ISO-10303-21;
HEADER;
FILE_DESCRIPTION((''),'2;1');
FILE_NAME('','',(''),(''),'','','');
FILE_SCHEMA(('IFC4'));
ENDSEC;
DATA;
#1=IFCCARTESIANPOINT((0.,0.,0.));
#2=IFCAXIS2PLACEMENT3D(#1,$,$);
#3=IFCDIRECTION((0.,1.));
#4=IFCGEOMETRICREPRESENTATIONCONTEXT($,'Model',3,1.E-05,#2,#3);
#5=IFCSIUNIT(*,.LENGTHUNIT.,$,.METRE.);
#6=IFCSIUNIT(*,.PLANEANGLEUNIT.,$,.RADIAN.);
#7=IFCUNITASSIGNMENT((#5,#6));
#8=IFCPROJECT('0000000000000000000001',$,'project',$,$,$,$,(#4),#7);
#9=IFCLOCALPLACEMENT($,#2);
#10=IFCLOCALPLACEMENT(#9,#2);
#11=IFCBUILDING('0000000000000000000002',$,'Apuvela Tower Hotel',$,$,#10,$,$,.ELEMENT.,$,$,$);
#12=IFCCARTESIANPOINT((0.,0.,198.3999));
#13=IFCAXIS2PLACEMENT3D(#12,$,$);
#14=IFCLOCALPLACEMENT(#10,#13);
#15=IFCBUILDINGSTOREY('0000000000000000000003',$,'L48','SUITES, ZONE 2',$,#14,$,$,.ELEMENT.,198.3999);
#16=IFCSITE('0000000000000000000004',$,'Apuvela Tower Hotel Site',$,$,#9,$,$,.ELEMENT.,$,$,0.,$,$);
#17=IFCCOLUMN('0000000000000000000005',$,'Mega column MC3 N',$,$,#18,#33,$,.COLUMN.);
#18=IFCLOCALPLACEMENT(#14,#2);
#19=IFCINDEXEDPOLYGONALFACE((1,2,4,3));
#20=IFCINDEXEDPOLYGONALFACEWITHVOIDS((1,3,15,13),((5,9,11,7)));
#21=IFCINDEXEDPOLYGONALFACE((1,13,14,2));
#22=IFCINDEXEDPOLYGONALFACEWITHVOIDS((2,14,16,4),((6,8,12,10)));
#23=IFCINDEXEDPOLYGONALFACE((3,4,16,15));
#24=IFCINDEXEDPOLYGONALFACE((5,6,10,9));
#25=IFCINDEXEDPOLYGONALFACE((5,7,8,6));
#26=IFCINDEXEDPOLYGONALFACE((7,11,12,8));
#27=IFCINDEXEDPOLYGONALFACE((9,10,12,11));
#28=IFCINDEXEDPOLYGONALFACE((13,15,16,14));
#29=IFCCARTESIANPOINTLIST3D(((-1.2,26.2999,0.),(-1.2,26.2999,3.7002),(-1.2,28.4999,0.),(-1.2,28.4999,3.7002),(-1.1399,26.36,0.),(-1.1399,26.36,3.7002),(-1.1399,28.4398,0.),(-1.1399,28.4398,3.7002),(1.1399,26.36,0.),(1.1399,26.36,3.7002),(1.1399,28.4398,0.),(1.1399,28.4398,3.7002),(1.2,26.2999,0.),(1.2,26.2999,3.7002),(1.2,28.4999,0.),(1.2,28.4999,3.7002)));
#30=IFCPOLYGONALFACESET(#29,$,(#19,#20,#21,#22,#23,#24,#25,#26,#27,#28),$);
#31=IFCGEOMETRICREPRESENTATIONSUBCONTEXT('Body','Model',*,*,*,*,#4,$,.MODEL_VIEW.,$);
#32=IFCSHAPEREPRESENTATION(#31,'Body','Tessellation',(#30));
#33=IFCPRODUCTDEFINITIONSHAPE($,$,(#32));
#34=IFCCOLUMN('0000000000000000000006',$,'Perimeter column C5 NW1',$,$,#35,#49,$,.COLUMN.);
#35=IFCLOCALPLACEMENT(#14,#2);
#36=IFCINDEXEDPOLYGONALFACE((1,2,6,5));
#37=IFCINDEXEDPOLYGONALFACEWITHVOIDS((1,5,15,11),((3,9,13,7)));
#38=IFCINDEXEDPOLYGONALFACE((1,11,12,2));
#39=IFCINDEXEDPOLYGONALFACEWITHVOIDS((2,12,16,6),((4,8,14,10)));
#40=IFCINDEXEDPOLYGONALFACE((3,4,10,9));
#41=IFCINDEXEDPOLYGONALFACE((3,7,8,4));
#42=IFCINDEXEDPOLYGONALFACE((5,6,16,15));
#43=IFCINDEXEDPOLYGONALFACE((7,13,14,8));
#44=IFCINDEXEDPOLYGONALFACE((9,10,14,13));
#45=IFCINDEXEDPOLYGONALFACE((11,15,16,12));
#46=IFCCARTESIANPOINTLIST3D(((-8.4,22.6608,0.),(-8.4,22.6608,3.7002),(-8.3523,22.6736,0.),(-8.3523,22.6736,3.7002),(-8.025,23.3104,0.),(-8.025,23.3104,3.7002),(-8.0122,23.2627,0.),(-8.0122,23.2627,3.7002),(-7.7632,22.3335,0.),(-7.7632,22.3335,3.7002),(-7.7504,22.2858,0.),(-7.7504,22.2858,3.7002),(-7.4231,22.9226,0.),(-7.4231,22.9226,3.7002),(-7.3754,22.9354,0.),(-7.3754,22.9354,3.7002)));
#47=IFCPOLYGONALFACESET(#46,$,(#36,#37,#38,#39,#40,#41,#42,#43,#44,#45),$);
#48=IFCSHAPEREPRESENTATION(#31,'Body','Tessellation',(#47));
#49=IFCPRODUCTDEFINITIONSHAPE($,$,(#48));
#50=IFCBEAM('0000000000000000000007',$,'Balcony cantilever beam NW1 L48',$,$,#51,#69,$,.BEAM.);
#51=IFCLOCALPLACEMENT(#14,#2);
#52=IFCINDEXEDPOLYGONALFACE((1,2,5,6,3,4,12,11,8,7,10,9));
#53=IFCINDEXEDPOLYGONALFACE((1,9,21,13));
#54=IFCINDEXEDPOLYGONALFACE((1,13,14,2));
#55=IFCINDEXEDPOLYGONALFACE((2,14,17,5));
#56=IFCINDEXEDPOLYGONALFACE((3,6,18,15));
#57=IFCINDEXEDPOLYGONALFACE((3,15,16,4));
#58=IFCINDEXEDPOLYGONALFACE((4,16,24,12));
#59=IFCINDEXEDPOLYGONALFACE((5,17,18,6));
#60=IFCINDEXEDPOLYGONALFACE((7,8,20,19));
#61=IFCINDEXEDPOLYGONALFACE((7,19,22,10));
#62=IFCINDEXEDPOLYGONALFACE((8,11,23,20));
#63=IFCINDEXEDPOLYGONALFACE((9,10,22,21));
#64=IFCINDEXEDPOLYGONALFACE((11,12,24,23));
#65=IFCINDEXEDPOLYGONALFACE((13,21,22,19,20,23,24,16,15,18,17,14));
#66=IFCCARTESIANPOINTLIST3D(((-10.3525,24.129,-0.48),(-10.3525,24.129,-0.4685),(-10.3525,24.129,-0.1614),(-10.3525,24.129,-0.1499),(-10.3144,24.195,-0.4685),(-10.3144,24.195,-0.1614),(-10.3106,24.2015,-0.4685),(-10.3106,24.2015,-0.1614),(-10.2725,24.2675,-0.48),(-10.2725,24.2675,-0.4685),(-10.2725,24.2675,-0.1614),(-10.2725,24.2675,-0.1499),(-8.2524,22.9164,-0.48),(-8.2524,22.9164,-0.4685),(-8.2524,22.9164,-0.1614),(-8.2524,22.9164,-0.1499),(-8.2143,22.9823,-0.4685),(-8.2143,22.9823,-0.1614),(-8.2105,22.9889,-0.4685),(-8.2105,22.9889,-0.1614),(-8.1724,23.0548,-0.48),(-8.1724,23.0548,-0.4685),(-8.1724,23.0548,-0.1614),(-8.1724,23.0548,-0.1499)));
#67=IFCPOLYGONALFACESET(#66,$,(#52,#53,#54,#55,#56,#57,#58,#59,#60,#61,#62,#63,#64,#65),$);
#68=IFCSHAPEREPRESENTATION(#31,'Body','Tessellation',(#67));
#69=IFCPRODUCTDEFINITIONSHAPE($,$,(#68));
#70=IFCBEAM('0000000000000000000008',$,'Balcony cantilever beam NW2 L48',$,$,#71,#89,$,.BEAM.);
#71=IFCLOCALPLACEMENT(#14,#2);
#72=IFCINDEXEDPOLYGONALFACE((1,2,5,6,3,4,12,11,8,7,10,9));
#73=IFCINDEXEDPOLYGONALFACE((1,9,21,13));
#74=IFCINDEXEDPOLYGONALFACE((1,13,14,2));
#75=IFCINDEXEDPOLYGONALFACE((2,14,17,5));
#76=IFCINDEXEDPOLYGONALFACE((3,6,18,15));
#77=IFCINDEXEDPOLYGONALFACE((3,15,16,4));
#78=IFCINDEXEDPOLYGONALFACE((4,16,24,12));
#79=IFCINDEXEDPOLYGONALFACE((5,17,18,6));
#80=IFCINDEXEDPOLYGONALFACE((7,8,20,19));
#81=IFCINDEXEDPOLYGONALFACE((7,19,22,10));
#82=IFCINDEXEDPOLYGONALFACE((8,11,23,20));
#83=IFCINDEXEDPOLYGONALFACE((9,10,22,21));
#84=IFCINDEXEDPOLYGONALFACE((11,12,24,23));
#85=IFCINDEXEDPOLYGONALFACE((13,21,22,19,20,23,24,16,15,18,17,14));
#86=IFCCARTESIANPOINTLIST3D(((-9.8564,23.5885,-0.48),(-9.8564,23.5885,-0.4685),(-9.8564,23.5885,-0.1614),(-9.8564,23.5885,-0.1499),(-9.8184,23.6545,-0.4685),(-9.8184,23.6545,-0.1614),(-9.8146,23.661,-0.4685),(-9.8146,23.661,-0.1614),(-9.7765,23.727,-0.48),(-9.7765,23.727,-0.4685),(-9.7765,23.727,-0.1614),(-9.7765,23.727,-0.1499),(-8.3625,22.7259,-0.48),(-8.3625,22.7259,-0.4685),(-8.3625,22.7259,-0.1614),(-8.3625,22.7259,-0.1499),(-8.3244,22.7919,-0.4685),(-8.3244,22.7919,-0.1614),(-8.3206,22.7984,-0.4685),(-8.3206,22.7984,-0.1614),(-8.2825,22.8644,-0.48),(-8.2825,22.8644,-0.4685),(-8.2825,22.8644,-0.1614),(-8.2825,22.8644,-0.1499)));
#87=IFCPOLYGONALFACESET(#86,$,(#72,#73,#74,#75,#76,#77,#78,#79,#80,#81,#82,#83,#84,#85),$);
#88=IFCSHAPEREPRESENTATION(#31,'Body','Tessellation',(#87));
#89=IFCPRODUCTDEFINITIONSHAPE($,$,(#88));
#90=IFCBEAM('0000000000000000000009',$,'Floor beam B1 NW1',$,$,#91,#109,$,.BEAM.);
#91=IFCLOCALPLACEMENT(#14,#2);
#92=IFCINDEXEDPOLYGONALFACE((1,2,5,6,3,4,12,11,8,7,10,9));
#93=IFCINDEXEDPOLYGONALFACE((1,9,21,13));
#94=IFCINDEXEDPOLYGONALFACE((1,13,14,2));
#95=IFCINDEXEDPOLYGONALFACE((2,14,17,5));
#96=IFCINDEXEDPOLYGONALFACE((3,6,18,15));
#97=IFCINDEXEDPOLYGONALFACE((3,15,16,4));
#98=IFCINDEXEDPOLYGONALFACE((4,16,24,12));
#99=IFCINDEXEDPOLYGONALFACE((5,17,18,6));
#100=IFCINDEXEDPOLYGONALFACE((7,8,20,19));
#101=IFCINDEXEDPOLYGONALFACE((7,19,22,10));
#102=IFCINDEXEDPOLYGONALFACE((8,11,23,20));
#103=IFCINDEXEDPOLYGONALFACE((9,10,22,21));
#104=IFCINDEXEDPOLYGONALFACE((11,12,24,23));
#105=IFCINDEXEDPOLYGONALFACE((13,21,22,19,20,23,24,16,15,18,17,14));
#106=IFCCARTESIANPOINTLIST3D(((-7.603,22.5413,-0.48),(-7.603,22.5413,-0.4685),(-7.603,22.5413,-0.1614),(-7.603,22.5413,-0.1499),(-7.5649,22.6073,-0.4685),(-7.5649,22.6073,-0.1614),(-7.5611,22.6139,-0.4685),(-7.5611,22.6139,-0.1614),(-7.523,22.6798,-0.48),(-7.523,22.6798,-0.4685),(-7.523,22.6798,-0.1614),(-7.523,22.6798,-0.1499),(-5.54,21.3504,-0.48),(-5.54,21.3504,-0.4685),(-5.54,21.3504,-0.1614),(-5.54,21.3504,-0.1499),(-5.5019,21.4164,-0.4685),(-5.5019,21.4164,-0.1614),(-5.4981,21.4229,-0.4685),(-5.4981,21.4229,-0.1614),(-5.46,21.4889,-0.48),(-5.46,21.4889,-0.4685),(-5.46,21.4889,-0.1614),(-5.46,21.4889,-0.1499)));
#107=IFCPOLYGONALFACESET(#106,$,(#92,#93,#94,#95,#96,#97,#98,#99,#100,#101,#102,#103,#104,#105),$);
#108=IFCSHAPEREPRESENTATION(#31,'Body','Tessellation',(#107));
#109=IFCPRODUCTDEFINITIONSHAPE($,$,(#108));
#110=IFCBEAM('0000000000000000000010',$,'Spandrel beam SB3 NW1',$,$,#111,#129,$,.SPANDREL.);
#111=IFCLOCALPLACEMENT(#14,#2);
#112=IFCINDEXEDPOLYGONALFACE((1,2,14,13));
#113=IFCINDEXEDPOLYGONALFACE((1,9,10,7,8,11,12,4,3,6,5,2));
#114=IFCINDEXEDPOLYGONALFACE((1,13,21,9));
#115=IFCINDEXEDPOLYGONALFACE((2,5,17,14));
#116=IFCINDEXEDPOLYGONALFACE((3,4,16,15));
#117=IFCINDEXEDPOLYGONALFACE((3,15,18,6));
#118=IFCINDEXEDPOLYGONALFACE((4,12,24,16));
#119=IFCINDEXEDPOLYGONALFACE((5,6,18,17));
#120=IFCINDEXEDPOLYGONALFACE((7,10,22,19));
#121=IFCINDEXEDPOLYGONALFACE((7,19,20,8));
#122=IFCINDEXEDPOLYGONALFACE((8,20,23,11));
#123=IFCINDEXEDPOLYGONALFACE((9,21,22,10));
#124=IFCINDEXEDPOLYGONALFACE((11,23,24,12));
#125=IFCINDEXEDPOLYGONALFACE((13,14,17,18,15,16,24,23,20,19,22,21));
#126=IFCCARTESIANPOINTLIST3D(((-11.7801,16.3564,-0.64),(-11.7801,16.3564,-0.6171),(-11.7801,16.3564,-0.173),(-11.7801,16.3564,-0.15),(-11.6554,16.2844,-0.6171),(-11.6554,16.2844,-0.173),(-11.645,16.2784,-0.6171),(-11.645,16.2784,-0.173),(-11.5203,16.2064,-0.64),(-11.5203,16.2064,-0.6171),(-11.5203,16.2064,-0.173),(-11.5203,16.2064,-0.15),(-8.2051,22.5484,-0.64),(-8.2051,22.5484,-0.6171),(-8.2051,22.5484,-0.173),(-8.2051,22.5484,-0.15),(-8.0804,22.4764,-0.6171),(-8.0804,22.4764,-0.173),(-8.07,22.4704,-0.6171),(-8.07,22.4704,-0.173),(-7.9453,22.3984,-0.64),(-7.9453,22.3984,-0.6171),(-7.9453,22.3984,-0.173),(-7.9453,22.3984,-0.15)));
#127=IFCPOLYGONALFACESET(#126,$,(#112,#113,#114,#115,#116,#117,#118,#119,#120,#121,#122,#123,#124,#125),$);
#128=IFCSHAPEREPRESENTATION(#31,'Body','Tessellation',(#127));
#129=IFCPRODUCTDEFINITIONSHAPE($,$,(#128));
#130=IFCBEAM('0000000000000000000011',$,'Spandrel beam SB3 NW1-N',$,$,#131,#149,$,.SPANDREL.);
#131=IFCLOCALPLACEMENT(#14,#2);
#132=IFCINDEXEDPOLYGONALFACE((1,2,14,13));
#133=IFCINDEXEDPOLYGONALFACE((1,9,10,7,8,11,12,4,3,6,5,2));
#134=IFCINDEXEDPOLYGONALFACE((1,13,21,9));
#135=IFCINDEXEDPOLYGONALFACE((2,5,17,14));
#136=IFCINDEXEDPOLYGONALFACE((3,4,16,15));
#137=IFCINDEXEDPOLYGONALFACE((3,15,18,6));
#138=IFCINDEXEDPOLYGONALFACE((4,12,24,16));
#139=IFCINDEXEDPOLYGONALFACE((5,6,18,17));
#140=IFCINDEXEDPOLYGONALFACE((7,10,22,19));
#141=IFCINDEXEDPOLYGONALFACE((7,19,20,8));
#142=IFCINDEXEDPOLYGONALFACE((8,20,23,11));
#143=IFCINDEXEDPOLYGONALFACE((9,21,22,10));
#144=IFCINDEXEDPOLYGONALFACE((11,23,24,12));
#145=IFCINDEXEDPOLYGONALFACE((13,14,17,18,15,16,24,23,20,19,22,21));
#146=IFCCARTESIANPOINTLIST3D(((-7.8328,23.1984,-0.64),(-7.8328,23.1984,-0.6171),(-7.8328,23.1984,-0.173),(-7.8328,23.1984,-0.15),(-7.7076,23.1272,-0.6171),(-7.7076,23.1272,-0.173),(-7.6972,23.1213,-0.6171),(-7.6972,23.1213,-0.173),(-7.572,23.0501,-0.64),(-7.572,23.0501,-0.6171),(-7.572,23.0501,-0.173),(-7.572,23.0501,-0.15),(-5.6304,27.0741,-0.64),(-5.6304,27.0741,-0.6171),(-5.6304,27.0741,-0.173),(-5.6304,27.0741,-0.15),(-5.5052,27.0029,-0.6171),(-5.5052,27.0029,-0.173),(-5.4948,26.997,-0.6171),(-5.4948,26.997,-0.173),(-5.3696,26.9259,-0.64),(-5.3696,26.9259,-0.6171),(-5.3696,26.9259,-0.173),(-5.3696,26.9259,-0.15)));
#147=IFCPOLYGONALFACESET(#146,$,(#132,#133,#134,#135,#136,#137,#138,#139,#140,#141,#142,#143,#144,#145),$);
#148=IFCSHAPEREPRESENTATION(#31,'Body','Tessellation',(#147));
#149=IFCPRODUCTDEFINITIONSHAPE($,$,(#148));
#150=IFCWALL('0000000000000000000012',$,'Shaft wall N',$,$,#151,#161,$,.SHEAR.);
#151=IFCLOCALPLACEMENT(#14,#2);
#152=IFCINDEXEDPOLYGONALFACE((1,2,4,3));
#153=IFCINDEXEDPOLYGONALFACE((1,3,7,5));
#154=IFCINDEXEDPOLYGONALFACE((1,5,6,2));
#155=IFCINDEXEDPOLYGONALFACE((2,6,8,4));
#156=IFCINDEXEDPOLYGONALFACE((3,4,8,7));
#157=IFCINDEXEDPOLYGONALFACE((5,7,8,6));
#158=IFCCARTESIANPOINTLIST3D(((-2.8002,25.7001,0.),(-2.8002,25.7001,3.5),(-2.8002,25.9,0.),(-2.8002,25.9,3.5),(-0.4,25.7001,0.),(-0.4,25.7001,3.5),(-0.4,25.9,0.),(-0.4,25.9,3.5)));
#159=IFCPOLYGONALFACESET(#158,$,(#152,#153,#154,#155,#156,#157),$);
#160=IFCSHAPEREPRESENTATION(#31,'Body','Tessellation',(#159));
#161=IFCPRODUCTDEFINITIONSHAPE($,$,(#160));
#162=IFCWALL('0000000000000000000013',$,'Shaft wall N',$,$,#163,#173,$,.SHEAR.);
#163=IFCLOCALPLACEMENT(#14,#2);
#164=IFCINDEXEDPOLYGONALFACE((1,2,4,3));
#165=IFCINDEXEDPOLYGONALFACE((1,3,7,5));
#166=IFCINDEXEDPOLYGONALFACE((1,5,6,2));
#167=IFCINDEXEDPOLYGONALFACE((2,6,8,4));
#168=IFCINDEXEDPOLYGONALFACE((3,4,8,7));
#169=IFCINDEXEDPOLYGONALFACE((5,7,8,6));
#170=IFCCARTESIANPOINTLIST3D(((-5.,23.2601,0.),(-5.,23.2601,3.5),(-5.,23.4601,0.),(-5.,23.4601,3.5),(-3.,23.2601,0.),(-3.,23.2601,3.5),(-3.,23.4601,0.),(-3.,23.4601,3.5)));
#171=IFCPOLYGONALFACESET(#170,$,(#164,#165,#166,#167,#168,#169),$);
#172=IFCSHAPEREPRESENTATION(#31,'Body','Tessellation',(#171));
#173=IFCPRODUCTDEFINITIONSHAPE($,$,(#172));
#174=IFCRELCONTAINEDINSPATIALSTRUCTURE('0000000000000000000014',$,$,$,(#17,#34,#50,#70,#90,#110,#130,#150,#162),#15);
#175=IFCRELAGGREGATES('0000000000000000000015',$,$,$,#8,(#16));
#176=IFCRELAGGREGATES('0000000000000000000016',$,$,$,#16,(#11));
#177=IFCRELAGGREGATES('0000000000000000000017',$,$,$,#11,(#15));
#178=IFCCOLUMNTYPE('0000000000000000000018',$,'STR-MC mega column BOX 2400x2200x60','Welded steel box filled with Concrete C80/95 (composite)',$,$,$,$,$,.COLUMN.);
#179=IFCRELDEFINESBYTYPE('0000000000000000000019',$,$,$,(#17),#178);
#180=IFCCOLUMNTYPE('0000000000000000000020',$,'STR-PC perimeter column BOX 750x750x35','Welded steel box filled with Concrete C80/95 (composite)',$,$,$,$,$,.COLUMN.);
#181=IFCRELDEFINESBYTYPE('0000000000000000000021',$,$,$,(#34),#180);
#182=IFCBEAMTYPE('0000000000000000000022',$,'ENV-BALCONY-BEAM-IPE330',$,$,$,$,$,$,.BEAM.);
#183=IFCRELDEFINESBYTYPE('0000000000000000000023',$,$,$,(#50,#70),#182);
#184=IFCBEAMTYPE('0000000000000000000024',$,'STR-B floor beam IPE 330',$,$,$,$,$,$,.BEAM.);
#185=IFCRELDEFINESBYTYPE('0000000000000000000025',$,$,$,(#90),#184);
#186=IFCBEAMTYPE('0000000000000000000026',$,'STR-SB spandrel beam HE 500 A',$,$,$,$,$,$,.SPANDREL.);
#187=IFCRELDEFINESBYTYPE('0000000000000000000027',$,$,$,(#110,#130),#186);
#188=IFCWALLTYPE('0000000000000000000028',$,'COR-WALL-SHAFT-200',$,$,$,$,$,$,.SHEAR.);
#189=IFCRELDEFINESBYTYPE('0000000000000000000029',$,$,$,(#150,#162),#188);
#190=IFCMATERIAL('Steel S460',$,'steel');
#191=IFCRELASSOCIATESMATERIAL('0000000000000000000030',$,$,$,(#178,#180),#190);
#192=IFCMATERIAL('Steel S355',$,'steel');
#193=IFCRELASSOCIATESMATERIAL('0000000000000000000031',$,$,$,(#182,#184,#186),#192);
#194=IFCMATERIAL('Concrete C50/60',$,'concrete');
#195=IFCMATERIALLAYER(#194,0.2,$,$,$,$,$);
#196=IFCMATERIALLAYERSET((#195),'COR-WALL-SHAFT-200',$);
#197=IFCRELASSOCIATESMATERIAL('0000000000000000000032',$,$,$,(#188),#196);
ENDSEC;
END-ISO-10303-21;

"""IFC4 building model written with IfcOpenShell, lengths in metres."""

from ifc_helpers import new_model, si_unit, direction, frame, frame_2d, origin, origin_2d, place, context, subcontext, project, spatial, rectangle, hollow_rectangle, i_section, extrude, material, layer, layer_set, material_profile, profile_set, type_object, element, save


model = new_model("IFC4")

# Units and contexts
model_context = context("Model", 3, precision=1e-05, world=origin(), true_north=direction((0.0, 1.0)))
body_context = subcontext(model_context, "Body", "Model", "MODEL_VIEW")
ifc_project = project(units=[si_unit("LENGTHUNIT", "METRE"), si_unit("PLANEANGLEUNIT", "RADIAN")], contexts=[model_context])

# Site, building, storey
site_placement = place(None, origin())
site = spatial("IfcSite", under=ifc_project, at=site_placement, Name="Apuvela Tower Hotel Site", CompositionType="ELEMENT", RefElevation=0.0)
building_placement = place(site_placement, origin())
building = spatial("IfcBuilding", under=site, at=building_placement, Name="Apuvela Tower Hotel", CompositionType="ELEMENT")
storey_placement = place(building_placement, frame((0.0, 0.0, 198.3999)))
storey = spatial("IfcBuildingStorey", under=building, at=storey_placement, Name="L48", Description="SUITES, ZONE 2", CompositionType="ELEMENT", Elevation=198.3999)

# Columns
ifc_material_1 = material(Name="Steel S460", Category="steel")
ifc_material_profile_1 = material_profile(ifc_material_1, hollow_rectangle(XDim=2.3999, YDim=2.2, WallThickness=0.0601, at=origin_2d()), Name="BOX 2400x2200x60")
ifc_material_2 = material(Name="Concrete C80/95", Category="concrete")
ifc_material_profile_2 = material_profile(ifc_material_2, rectangle(XDim=2.28, YDim=2.0801, at=origin_2d()), Name="Concrete C80/95 infill")
ifc_profile_set_1 = profile_set([ifc_material_profile_1, ifc_material_profile_2], Name="Steel S460")
column_type_1 = type_object("IfcColumnType", Name="STR-MC mega column BOX 2400x2200x60", Description="Welded steel box filled with Concrete C80/95 (composite)", PredefinedType="COLUMN", material=ifc_profile_set_1)
column_1_placement = place(storey_placement, frame((0.0, 27.3999, 0.0), z_axis=(0.0, 0.0, 1.0), x_axis=(1.0, 0.0, 0.0)))
element("IfcColumn", 1, at=column_1_placement, inside=storey, type_object=column_type_1, Name="Mega column MC3 N", PredefinedType="COLUMN", context=body_context, shape_type="SweptSolid", body=[
    extrude(hollow_rectangle(XDim=2.3999, YDim=2.2, WallThickness=0.0601, at=origin_2d()), origin(), (0.0, 0.0, 1.0), 3.7002),
])
ifc_material_profile_3 = material_profile(ifc_material_1, hollow_rectangle(XDim=0.75, YDim=0.75, WallThickness=0.0349, at=origin_2d()), Name="BOX 750x750x35")
ifc_material_profile_4 = material_profile(ifc_material_2, rectangle(XDim=0.6799, YDim=0.6799, at=origin_2d()), Name="Concrete C80/95 infill")
ifc_profile_set_2 = profile_set([ifc_material_profile_3, ifc_material_profile_4], Name="Steel S460")
column_type_2 = type_object("IfcColumnType", Name="STR-PC perimeter column BOX 750x750x35", Description="Welded steel box filled with Concrete C80/95 (composite)", PredefinedType="COLUMN", material=ifc_profile_set_2)
column_2_placement = place(storey_placement, frame((-7.8877, 22.7981, 0.0), z_axis=(0.0, 0.0, 1.0), x_axis=(0.5, 0.866025, 0.0)))
element("IfcColumn", 2, at=column_2_placement, inside=storey, type_object=column_type_2, Name="Perimeter column C5 NW1", PredefinedType="COLUMN", context=body_context, shape_type="SweptSolid", body=[
    extrude(hollow_rectangle(XDim=0.75, YDim=0.75, WallThickness=0.0349, at=origin_2d()), origin(), (0.0, 0.0, 1.0), 3.7002),
])

# Beams
ifc_material_3 = material(Name="Steel S355", Category="steel")
ifc_material_profile_5 = material_profile(ifc_material_3, i_section(OverallWidth=0.1599, OverallDepth=0.3301, WebThickness=0.0076, FlangeThickness=0.0115, at=origin_2d()), Name="IPE 330")
ifc_profile_set_3 = profile_set([ifc_material_profile_5], Name="Steel S355")
beam_type_1 = type_object("IfcBeamType", Name="ENV-BALCONY-BEAM-IPE330", PredefinedType="BEAM", material=ifc_profile_set_3)
beam_1_placement = place(storey_placement, frame((-8.2124, 22.9856, -0.3149), z_axis=(-0.865998, 0.500048, 0.0), x_axis=(-0.500048, -0.865998, 0.0)))
element("IfcBeam", 3, at=beam_1_placement, inside=storey, type_object=beam_type_1, Name="Balcony cantilever beam NW1 L48", PredefinedType="BEAM", context=body_context, shape_type="SweptSolid", body=[
    extrude(i_section(OverallWidth=0.1599, OverallDepth=0.3301, WebThickness=0.0076, FlangeThickness=0.0115, at=origin_2d()), origin(), (0.0, 0.0, 1.0), 2.425),
])
beam_2_placement = place(storey_placement, frame((-8.3225, 22.7952, -0.3149), z_axis=(-0.866014, 0.500021, 0.0), x_axis=(-0.500021, -0.866014, 0.0)))
element("IfcBeam", 4, at=beam_2_placement, inside=storey, type_object=beam_type_1, Name="Balcony cantilever beam NW2 L48", PredefinedType="BEAM", context=body_context, shape_type="SweptSolid", body=[
    extrude(i_section(OverallWidth=0.1599, OverallDepth=0.3301, WebThickness=0.0076, FlangeThickness=0.0115, at=origin_2d()), origin(), (0.0, 0.0, 1.0), 1.7251),
])
ifc_material_profile_6 = material_profile(ifc_material_3, i_section(OverallWidth=0.1599, OverallDepth=0.3301, WebThickness=0.0076, FlangeThickness=0.0115, at=origin_2d()), Name="IPE 330")
ifc_profile_set_4 = profile_set([ifc_material_profile_6], Name="Steel S355")
beam_type_2 = type_object("IfcBeamType", Name="STR-B floor beam IPE 330", PredefinedType="BEAM", material=ifc_profile_set_4)
beam_3_placement = place(storey_placement, frame((-7.563, 22.6106, -0.3149), z_axis=(0.866052, -0.499953, 0.0), x_axis=(0.499953, 0.866052, 0.0)))
element("IfcBeam", 5, at=beam_3_placement, inside=storey, type_object=beam_type_2, Name="Floor beam B1 NW1", PredefinedType="BEAM", context=body_context, shape_type="SweptSolid", body=[
    extrude(i_section(OverallWidth=0.1599, OverallDepth=0.3301, WebThickness=0.0076, FlangeThickness=0.0115, at=origin_2d()), origin(), (0.0, 0.0, 1.0), 2.3821),
])
ifc_material_profile_7 = material_profile(ifc_material_3, i_section(OverallWidth=0.3, OverallDepth=0.49, WebThickness=0.012, FlangeThickness=0.0229, at=origin_2d()), Name="HE 500 A")
ifc_profile_set_5 = profile_set([ifc_material_profile_7], Name="Steel S355")
beam_type_3 = type_object("IfcBeamType", Name="STR-SB spandrel beam HE 500 A", PredefinedType="SPANDREL", material=ifc_profile_set_5)
beam_4_placement = place(storey_placement, frame((-8.0752, 22.4734, -0.395), z_axis=(-0.500006, -0.866022, 0.0), x_axis=(0.866022, -0.500006, 0.0)))
element("IfcBeam", 6, at=beam_4_placement, inside=storey, type_object=beam_type_3, Name="Spandrel beam SB3 NW1", PredefinedType="SPANDREL", context=body_context, shape_type="SweptSolid", body=[
    extrude(i_section(OverallWidth=0.3, OverallDepth=0.49, WebThickness=0.012, FlangeThickness=0.0229, at=origin_2d()), origin(), (0.0, 0.0, 1.0), 7.1499),
])
beam_5_placement = place(storey_placement, frame((-7.7024, 23.1243, -0.395), z_axis=(0.494056, 0.86943, 0.0), x_axis=(-0.86943, 0.494056, 0.0)))
element("IfcBeam", 7, at=beam_5_placement, inside=storey, type_object=beam_type_3, Name="Spandrel beam SB3 NW1-N", PredefinedType="SPANDREL", context=body_context, shape_type="SweptSolid", body=[
    extrude(i_section(OverallWidth=0.3, OverallDepth=0.49, WebThickness=0.012, FlangeThickness=0.0229, at=origin_2d()), origin(), (0.0, 0.0, 1.0), 4.4578),
])

# Walls
ifc_material_4 = material(Name="Concrete C50/60", Category="concrete")
ifc_layer_1 = layer(ifc_material_4, 0.2)
ifc_layer_set_1 = layer_set([ifc_layer_1], Name="COR-WALL-SHAFT-200")
wall_type_1 = type_object("IfcWallType", Name="COR-WALL-SHAFT-200", PredefinedType="SHEAR", material=ifc_layer_set_1)
wall_1_placement = place(storey_placement, frame((-0.3999, 25.8, 0.0), z_axis=(0.0, 0.0, 1.0), x_axis=(-1.0, 0.0, 0.0)))
element("IfcWall", 8, at=wall_1_placement, inside=storey, type_object=wall_type_1, Name="Shaft wall N", PredefinedType="SHEAR", context=body_context, shape_type="SweptSolid", body=[
    extrude(rectangle(XDim=2.4001, YDim=0.2, at=frame_2d((1.2002, 0.0))), origin(), (0.0, 0.0, 1.0), 3.5),
])
wall_2_placement = place(storey_placement, frame((-3.0, 23.3601, 0.0), z_axis=(0.0, 0.0, 1.0), x_axis=(-1.0, 0.0, 0.0)))
element("IfcWall", 9, at=wall_2_placement, inside=storey, type_object=wall_type_1, Name="Shaft wall N", PredefinedType="SHEAR", context=body_context, shape_type="SweptSolid", body=[
    extrude(rectangle(XDim=2.0, YDim=0.2, at=frame_2d((1.0, 0.0))), origin(), (0.0, 0.0, 1.0), 3.5),
])

save(model, "model.ifc")
